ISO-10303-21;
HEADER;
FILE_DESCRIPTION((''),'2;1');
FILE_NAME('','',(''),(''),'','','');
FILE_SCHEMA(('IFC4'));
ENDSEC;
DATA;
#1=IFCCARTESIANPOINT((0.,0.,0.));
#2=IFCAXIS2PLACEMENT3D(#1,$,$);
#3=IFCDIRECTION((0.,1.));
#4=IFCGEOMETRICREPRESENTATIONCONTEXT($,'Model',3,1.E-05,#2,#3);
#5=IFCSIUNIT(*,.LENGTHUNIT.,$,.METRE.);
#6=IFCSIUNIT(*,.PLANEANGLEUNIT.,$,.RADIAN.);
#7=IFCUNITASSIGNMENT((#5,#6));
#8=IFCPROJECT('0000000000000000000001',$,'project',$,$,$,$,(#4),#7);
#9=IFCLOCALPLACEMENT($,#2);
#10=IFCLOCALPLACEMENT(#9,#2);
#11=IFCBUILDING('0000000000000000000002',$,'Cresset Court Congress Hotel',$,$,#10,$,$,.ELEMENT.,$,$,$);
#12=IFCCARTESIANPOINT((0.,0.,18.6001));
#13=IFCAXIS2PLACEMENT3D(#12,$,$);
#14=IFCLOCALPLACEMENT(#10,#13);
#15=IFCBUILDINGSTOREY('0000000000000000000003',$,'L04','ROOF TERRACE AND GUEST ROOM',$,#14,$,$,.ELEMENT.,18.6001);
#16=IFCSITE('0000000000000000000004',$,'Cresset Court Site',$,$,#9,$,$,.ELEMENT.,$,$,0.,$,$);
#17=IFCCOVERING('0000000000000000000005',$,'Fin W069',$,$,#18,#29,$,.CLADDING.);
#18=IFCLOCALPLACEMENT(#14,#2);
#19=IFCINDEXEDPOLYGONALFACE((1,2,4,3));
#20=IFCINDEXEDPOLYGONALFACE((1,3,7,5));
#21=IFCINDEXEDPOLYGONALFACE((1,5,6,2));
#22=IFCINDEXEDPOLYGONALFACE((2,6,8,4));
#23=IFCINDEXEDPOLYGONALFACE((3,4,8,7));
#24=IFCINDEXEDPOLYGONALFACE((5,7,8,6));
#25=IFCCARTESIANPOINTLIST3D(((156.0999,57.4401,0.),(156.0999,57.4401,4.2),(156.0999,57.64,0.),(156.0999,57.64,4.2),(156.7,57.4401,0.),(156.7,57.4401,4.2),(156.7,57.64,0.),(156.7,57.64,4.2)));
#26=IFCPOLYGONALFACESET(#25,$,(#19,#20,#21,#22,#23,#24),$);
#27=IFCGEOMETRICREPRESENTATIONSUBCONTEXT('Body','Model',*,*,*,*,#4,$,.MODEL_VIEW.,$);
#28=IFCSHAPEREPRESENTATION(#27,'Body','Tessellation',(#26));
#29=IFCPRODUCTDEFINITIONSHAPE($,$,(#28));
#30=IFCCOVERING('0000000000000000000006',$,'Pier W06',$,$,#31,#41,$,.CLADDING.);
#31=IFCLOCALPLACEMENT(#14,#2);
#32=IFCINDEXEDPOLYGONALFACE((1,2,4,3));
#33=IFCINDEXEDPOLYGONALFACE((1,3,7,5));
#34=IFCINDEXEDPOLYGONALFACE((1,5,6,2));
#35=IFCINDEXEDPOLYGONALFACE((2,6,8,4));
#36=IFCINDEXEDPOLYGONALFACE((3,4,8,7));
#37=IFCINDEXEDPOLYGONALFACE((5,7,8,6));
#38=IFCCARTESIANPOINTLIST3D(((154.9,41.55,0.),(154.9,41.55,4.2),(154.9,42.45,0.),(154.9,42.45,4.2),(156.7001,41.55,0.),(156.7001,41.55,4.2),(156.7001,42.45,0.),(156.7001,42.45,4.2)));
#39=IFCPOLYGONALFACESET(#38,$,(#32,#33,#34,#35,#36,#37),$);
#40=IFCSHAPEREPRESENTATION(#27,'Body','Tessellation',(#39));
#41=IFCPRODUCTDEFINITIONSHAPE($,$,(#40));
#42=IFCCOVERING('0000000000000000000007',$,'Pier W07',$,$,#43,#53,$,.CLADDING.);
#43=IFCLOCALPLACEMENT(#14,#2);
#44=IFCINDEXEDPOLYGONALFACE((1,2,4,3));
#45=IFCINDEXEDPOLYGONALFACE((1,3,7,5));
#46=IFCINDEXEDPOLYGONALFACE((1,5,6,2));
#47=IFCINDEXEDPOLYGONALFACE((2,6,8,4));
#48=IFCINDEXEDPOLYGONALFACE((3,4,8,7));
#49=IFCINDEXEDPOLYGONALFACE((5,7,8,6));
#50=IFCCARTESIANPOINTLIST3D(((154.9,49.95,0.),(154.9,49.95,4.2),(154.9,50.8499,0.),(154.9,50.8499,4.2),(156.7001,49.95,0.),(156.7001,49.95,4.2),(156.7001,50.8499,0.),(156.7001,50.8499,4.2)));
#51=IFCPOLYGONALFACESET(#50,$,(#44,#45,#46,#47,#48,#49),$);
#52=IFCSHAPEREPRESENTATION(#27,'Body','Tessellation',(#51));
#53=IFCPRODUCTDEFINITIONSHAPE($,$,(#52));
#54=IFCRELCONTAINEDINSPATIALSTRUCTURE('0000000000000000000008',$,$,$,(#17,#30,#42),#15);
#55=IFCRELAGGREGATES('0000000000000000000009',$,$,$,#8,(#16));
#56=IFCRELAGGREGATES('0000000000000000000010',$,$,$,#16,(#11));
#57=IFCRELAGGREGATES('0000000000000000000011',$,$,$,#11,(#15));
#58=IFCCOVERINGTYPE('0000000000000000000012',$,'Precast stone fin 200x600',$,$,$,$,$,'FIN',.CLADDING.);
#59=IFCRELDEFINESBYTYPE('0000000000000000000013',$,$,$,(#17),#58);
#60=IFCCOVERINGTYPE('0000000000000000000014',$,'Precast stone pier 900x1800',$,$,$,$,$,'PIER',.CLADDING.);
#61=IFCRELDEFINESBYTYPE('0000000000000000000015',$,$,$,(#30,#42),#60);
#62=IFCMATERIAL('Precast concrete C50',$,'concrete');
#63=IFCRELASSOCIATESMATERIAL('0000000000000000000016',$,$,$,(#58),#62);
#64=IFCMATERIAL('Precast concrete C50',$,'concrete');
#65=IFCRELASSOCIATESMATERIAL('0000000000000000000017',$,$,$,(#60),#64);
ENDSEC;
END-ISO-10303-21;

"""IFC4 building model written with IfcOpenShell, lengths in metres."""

from ifc_helpers import new_model, si_unit, direction, frame, origin, origin_2d, place, context, subcontext, project, spatial, rectangle, extrude, material, type_object, element, save


model = new_model("IFC4")

# Units and contexts
model_context = context("Model", 3, precision=1e-05, world=origin(), true_north=direction((0.0, 1.0)))
body_context = subcontext(model_context, "Body", "Model", "MODEL_VIEW")
ifc_project = project(units=[si_unit("LENGTHUNIT", "METRE"), si_unit("PLANEANGLEUNIT", "RADIAN")], contexts=[model_context])

# Site, building, storey
site_placement = place(None, origin())
site = spatial("IfcSite", under=ifc_project, at=site_placement, Name="Cresset Court Site", CompositionType="ELEMENT", RefElevation=0.0)
building_placement = place(site_placement, origin())
building = spatial("IfcBuilding", under=site, at=building_placement, Name="Cresset Court Congress Hotel", CompositionType="ELEMENT")
storey_placement = place(building_placement, frame((0.0, 0.0, 18.6001)))
storey = spatial("IfcBuildingStorey", under=building, at=storey_placement, Name="L04", Description="ROOF TERRACE AND GUEST ROOM", CompositionType="ELEMENT", Elevation=18.6001)

# Coverings
ifc_material_1 = material(Name="Precast concrete C50", Category="concrete")
covering_type_1 = type_object("IfcCoveringType", Name="Precast stone fin 200x600", ElementType="FIN", PredefinedType="CLADDING", material=ifc_material_1)
for number, where, z_axis, x_axis, name in (
    (1, (156.3999, 57.54, 0.0), (0.0, 0.0, 1.0), (1.0, 0.0, 0.0), "Fin W069"),
):
    element("IfcCovering", number, at=place(storey_placement, frame(where, z_axis=z_axis, x_axis=x_axis)), inside=storey, type_object=covering_type_1, Name=name, PredefinedType="CLADDING", context=body_context, shape_type="SweptSolid", body=[
        extrude(rectangle(XDim=0.6001, YDim=0.2, at=origin_2d()), origin(), (0.0, 0.0, 1.0), 4.2),
    ])
ifc_material_2 = material(Name="Precast concrete C50", Category="concrete")
covering_type_2 = type_object("IfcCoveringType", Name="Precast stone pier 900x1800", ElementType="PIER", PredefinedType="CLADDING", material=ifc_material_2)
for number, where, z_axis, x_axis, name in (
    (2, (155.8, 42.0, 0.0), (0.0, 0.0, 1.0), (1.0, 0.0, 0.0), "Pier W06"),
    (3, (155.8, 50.3999, 0.0), (0.0, 0.0, 1.0), (1.0, 0.0, 0.0), "Pier W07"),
):
    element("IfcCovering", number, at=place(storey_placement, frame(where, z_axis=z_axis, x_axis=x_axis)), inside=storey, type_object=covering_type_2, Name=name, PredefinedType="CLADDING", context=body_context, shape_type="SweptSolid", body=[
        extrude(rectangle(XDim=1.8, YDim=0.8999, at=origin_2d()), origin(), (0.0, 0.0, 1.0), 4.2),
    ])

save(model, "model.ifc")
